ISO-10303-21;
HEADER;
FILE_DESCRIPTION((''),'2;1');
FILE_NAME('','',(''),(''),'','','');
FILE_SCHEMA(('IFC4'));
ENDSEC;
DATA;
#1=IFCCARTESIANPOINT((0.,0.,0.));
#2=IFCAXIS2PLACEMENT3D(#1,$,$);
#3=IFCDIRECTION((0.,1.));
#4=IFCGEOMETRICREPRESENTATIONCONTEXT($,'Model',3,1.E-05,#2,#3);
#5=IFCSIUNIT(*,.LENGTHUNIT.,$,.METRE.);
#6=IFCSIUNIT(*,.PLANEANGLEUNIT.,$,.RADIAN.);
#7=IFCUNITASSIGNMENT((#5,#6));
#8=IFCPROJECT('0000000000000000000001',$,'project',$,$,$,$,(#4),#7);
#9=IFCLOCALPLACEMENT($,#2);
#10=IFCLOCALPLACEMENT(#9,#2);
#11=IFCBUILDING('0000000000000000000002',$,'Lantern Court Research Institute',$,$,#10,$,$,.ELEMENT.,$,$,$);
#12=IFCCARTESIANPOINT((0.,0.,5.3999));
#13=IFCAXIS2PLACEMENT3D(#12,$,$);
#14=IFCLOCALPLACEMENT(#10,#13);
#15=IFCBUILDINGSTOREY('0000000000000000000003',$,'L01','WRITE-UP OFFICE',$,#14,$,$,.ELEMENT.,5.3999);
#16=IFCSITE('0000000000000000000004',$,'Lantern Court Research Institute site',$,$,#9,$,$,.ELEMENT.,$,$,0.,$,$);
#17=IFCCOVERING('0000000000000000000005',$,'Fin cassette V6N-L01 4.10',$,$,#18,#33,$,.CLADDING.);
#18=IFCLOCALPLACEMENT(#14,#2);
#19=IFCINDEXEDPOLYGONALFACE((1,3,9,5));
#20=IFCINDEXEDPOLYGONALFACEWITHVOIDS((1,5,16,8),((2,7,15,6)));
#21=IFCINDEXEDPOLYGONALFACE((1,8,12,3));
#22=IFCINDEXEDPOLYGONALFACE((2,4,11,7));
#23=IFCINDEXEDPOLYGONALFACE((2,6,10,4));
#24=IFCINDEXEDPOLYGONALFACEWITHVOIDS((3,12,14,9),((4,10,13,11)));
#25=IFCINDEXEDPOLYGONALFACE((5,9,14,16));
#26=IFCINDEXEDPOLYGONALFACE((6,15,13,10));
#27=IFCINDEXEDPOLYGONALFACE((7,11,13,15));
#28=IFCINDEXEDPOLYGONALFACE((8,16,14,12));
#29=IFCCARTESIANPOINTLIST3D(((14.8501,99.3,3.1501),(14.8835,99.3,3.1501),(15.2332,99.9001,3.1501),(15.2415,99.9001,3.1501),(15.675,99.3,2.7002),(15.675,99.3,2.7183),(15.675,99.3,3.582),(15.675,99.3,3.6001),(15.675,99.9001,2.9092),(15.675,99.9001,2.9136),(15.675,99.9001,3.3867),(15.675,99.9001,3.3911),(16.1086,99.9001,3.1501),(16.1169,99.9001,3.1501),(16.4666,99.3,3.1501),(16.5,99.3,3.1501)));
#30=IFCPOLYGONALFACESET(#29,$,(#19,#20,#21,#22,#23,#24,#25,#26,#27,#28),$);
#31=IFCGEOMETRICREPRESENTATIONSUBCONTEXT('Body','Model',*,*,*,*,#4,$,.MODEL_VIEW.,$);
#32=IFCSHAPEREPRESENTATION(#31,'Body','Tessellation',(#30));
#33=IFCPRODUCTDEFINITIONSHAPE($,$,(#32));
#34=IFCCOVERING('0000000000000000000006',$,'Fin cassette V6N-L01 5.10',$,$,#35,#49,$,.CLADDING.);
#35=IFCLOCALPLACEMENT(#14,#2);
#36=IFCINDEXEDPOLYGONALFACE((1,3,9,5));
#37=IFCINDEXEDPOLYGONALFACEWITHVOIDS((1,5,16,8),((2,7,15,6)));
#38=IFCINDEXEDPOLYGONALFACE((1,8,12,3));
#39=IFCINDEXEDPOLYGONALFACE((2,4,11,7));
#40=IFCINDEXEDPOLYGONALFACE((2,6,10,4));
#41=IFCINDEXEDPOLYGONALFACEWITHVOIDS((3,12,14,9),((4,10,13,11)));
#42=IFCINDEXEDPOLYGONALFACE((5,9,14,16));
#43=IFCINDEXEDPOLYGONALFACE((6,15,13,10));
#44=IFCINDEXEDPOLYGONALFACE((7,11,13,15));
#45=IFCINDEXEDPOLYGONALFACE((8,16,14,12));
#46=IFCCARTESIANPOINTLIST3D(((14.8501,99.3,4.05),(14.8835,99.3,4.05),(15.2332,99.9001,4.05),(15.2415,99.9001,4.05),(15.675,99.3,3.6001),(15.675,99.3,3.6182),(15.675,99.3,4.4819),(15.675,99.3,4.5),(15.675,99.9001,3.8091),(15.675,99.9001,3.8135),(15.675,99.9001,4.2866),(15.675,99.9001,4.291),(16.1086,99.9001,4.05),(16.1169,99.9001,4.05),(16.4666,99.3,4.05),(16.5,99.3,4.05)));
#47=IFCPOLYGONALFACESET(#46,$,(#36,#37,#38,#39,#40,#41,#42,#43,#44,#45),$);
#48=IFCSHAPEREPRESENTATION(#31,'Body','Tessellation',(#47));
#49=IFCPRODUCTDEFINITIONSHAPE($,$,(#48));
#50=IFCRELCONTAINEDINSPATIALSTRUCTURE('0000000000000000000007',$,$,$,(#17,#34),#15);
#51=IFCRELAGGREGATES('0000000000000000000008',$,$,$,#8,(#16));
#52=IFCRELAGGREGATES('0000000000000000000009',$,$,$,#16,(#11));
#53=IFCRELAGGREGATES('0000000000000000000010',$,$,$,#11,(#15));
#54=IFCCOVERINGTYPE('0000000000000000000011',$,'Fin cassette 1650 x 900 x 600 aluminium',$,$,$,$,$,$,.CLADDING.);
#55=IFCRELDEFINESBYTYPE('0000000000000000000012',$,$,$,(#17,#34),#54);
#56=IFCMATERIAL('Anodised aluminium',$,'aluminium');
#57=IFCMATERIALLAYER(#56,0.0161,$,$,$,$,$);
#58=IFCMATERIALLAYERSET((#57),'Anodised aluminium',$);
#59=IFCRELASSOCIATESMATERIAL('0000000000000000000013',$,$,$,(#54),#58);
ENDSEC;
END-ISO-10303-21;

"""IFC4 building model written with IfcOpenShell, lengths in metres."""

from ifc_helpers import new_model, entity, si_unit, direction, frame, origin, place, context, subcontext, project, spatial, material, layer, layer_set, type_object, element, save


model = new_model("IFC4")

# Units and contexts
model_context = context("Model", 3, precision=1e-05, world=origin(), true_north=direction((0.0, 1.0)))
body_context = subcontext(model_context, "Body", "Model", "MODEL_VIEW")
ifc_project = project(units=[si_unit("LENGTHUNIT", "METRE"), si_unit("PLANEANGLEUNIT", "RADIAN")], contexts=[model_context])

# Site, building, storey
site_placement = place(None, origin())
site = spatial("IfcSite", under=ifc_project, at=site_placement, Name="Lantern Court Research Institute site", CompositionType="ELEMENT", RefElevation=0.0)
building_placement = place(site_placement, origin())
building = spatial("IfcBuilding", under=site, at=building_placement, Name="Lantern Court Research Institute", CompositionType="ELEMENT")
storey_placement = place(building_placement, frame((0.0, 0.0, 5.3999)))
storey = spatial("IfcBuildingStorey", under=building, at=storey_placement, Name="L01", Description="WRITE-UP OFFICE", CompositionType="ELEMENT", Elevation=5.3999)

# Coverings
ifc_material_1 = material(Name="Anodised aluminium", Category="aluminium")
ifc_layer_1 = layer(ifc_material_1, 0.0161)
ifc_layer_set_1 = layer_set([ifc_layer_1], Name="Anodised aluminium")
covering_type_1 = type_object("IfcCoveringType", Name="Fin cassette 1650 x 900 x 600 aluminium", PredefinedType="CLADDING", material=ifc_layer_set_1)
covering_1_placement = place(storey_placement, frame((15.675, 99.3, 3.1501), z_axis=(0.0, 1.0, 0.0), x_axis=(-1.0, 0.0, 0.0)))
cartesian_point_1 = entity("IfcCartesianPoint", [0.825, 0.0])
cartesian_point_2 = entity("IfcCartesianPoint", [0.7915, 0.0])
cartesian_point_3 = entity("IfcCartesianPoint", [0.4419, 0.0])
cartesian_point_4 = entity("IfcCartesianPoint", [0.4336, 0.0])
element("IfcCovering", 1, at=covering_1_placement, inside=storey, type_object=covering_type_1, Name="Fin cassette V6N-L01 4.10", PredefinedType="CLADDING", context=body_context, shape_type="SweptSolid", body=[
    entity("IfcExtrudedAreaSolidTapered", entity("IfcArbitraryProfileDefWithVoids", "AREA", None, entity("IfcPolyline", [cartesian_point_1, entity("IfcCartesianPoint", [0.0, 0.45]), entity("IfcCartesianPoint", [-0.825, 0.0]), entity("IfcCartesianPoint", [0.0, -0.45]), cartesian_point_1]), [entity("IfcPolyline", [cartesian_point_2, entity("IfcCartesianPoint", [0.0, 0.4319]), entity("IfcCartesianPoint", [-0.7915, 0.0]), entity("IfcCartesianPoint", [0.0, -0.4319]), cartesian_point_2])]), entity("IfcAxis2Placement3D", entity("IfcCartesianPoint", [0.0, 0.0, 0.0])), entity("IfcDirection", [0.0, 0.0, 1.0]), 0.6001, entity("IfcArbitraryProfileDefWithVoids", "AREA", None, entity("IfcPolyline", [cartesian_point_3, entity("IfcCartesianPoint", [0.0, 0.241]), entity("IfcCartesianPoint", [-0.4419, 0.0]), entity("IfcCartesianPoint", [0.0, -0.241]), cartesian_point_3]), [entity("IfcPolyline", [cartesian_point_4, entity("IfcCartesianPoint", [0.0, 0.2366]), entity("IfcCartesianPoint", [-0.4336, 0.0]), entity("IfcCartesianPoint", [0.0, -0.2366]), cartesian_point_4])])),
])
covering_2_placement = place(storey_placement, frame((15.675, 99.3, 4.05), z_axis=(0.0, 1.0, 0.0), x_axis=(-1.0, 0.0, 0.0)))
cartesian_point_5 = entity("IfcCartesianPoint", [0.825, 0.0])
cartesian_point_6 = entity("IfcCartesianPoint", [0.7915, 0.0])
cartesian_point_7 = entity("IfcCartesianPoint", [0.4419, 0.0])
cartesian_point_8 = entity("IfcCartesianPoint", [0.4336, 0.0])
element("IfcCovering", 2, at=covering_2_placement, inside=storey, type_object=covering_type_1, Name="Fin cassette V6N-L01 5.10", PredefinedType="CLADDING", context=body_context, shape_type="SweptSolid", body=[
    entity("IfcExtrudedAreaSolidTapered", entity("IfcArbitraryProfileDefWithVoids", "AREA", None, entity("IfcPolyline", [cartesian_point_5, entity("IfcCartesianPoint", [0.0, 0.45]), entity("IfcCartesianPoint", [-0.825, 0.0]), entity("IfcCartesianPoint", [0.0, -0.45]), cartesian_point_5]), [entity("IfcPolyline", [cartesian_point_6, entity("IfcCartesianPoint", [0.0, 0.4319]), entity("IfcCartesianPoint", [-0.7915, 0.0]), entity("IfcCartesianPoint", [0.0, -0.4319]), cartesian_point_6])]), entity("IfcAxis2Placement3D", entity("IfcCartesianPoint", [0.0, 0.0, 0.0])), entity("IfcDirection", [0.0, 0.0, 1.0]), 0.6001, entity("IfcArbitraryProfileDefWithVoids", "AREA", None, entity("IfcPolyline", [cartesian_point_7, entity("IfcCartesianPoint", [0.0, 0.241]), entity("IfcCartesianPoint", [-0.4419, 0.0]), entity("IfcCartesianPoint", [0.0, -0.241]), cartesian_point_7]), [entity("IfcPolyline", [cartesian_point_8, entity("IfcCartesianPoint", [0.0, 0.2366]), entity("IfcCartesianPoint", [-0.4336, 0.0]), entity("IfcCartesianPoint", [0.0, -0.2366]), cartesian_point_8])])),
])

save(model, "model.ifc")
